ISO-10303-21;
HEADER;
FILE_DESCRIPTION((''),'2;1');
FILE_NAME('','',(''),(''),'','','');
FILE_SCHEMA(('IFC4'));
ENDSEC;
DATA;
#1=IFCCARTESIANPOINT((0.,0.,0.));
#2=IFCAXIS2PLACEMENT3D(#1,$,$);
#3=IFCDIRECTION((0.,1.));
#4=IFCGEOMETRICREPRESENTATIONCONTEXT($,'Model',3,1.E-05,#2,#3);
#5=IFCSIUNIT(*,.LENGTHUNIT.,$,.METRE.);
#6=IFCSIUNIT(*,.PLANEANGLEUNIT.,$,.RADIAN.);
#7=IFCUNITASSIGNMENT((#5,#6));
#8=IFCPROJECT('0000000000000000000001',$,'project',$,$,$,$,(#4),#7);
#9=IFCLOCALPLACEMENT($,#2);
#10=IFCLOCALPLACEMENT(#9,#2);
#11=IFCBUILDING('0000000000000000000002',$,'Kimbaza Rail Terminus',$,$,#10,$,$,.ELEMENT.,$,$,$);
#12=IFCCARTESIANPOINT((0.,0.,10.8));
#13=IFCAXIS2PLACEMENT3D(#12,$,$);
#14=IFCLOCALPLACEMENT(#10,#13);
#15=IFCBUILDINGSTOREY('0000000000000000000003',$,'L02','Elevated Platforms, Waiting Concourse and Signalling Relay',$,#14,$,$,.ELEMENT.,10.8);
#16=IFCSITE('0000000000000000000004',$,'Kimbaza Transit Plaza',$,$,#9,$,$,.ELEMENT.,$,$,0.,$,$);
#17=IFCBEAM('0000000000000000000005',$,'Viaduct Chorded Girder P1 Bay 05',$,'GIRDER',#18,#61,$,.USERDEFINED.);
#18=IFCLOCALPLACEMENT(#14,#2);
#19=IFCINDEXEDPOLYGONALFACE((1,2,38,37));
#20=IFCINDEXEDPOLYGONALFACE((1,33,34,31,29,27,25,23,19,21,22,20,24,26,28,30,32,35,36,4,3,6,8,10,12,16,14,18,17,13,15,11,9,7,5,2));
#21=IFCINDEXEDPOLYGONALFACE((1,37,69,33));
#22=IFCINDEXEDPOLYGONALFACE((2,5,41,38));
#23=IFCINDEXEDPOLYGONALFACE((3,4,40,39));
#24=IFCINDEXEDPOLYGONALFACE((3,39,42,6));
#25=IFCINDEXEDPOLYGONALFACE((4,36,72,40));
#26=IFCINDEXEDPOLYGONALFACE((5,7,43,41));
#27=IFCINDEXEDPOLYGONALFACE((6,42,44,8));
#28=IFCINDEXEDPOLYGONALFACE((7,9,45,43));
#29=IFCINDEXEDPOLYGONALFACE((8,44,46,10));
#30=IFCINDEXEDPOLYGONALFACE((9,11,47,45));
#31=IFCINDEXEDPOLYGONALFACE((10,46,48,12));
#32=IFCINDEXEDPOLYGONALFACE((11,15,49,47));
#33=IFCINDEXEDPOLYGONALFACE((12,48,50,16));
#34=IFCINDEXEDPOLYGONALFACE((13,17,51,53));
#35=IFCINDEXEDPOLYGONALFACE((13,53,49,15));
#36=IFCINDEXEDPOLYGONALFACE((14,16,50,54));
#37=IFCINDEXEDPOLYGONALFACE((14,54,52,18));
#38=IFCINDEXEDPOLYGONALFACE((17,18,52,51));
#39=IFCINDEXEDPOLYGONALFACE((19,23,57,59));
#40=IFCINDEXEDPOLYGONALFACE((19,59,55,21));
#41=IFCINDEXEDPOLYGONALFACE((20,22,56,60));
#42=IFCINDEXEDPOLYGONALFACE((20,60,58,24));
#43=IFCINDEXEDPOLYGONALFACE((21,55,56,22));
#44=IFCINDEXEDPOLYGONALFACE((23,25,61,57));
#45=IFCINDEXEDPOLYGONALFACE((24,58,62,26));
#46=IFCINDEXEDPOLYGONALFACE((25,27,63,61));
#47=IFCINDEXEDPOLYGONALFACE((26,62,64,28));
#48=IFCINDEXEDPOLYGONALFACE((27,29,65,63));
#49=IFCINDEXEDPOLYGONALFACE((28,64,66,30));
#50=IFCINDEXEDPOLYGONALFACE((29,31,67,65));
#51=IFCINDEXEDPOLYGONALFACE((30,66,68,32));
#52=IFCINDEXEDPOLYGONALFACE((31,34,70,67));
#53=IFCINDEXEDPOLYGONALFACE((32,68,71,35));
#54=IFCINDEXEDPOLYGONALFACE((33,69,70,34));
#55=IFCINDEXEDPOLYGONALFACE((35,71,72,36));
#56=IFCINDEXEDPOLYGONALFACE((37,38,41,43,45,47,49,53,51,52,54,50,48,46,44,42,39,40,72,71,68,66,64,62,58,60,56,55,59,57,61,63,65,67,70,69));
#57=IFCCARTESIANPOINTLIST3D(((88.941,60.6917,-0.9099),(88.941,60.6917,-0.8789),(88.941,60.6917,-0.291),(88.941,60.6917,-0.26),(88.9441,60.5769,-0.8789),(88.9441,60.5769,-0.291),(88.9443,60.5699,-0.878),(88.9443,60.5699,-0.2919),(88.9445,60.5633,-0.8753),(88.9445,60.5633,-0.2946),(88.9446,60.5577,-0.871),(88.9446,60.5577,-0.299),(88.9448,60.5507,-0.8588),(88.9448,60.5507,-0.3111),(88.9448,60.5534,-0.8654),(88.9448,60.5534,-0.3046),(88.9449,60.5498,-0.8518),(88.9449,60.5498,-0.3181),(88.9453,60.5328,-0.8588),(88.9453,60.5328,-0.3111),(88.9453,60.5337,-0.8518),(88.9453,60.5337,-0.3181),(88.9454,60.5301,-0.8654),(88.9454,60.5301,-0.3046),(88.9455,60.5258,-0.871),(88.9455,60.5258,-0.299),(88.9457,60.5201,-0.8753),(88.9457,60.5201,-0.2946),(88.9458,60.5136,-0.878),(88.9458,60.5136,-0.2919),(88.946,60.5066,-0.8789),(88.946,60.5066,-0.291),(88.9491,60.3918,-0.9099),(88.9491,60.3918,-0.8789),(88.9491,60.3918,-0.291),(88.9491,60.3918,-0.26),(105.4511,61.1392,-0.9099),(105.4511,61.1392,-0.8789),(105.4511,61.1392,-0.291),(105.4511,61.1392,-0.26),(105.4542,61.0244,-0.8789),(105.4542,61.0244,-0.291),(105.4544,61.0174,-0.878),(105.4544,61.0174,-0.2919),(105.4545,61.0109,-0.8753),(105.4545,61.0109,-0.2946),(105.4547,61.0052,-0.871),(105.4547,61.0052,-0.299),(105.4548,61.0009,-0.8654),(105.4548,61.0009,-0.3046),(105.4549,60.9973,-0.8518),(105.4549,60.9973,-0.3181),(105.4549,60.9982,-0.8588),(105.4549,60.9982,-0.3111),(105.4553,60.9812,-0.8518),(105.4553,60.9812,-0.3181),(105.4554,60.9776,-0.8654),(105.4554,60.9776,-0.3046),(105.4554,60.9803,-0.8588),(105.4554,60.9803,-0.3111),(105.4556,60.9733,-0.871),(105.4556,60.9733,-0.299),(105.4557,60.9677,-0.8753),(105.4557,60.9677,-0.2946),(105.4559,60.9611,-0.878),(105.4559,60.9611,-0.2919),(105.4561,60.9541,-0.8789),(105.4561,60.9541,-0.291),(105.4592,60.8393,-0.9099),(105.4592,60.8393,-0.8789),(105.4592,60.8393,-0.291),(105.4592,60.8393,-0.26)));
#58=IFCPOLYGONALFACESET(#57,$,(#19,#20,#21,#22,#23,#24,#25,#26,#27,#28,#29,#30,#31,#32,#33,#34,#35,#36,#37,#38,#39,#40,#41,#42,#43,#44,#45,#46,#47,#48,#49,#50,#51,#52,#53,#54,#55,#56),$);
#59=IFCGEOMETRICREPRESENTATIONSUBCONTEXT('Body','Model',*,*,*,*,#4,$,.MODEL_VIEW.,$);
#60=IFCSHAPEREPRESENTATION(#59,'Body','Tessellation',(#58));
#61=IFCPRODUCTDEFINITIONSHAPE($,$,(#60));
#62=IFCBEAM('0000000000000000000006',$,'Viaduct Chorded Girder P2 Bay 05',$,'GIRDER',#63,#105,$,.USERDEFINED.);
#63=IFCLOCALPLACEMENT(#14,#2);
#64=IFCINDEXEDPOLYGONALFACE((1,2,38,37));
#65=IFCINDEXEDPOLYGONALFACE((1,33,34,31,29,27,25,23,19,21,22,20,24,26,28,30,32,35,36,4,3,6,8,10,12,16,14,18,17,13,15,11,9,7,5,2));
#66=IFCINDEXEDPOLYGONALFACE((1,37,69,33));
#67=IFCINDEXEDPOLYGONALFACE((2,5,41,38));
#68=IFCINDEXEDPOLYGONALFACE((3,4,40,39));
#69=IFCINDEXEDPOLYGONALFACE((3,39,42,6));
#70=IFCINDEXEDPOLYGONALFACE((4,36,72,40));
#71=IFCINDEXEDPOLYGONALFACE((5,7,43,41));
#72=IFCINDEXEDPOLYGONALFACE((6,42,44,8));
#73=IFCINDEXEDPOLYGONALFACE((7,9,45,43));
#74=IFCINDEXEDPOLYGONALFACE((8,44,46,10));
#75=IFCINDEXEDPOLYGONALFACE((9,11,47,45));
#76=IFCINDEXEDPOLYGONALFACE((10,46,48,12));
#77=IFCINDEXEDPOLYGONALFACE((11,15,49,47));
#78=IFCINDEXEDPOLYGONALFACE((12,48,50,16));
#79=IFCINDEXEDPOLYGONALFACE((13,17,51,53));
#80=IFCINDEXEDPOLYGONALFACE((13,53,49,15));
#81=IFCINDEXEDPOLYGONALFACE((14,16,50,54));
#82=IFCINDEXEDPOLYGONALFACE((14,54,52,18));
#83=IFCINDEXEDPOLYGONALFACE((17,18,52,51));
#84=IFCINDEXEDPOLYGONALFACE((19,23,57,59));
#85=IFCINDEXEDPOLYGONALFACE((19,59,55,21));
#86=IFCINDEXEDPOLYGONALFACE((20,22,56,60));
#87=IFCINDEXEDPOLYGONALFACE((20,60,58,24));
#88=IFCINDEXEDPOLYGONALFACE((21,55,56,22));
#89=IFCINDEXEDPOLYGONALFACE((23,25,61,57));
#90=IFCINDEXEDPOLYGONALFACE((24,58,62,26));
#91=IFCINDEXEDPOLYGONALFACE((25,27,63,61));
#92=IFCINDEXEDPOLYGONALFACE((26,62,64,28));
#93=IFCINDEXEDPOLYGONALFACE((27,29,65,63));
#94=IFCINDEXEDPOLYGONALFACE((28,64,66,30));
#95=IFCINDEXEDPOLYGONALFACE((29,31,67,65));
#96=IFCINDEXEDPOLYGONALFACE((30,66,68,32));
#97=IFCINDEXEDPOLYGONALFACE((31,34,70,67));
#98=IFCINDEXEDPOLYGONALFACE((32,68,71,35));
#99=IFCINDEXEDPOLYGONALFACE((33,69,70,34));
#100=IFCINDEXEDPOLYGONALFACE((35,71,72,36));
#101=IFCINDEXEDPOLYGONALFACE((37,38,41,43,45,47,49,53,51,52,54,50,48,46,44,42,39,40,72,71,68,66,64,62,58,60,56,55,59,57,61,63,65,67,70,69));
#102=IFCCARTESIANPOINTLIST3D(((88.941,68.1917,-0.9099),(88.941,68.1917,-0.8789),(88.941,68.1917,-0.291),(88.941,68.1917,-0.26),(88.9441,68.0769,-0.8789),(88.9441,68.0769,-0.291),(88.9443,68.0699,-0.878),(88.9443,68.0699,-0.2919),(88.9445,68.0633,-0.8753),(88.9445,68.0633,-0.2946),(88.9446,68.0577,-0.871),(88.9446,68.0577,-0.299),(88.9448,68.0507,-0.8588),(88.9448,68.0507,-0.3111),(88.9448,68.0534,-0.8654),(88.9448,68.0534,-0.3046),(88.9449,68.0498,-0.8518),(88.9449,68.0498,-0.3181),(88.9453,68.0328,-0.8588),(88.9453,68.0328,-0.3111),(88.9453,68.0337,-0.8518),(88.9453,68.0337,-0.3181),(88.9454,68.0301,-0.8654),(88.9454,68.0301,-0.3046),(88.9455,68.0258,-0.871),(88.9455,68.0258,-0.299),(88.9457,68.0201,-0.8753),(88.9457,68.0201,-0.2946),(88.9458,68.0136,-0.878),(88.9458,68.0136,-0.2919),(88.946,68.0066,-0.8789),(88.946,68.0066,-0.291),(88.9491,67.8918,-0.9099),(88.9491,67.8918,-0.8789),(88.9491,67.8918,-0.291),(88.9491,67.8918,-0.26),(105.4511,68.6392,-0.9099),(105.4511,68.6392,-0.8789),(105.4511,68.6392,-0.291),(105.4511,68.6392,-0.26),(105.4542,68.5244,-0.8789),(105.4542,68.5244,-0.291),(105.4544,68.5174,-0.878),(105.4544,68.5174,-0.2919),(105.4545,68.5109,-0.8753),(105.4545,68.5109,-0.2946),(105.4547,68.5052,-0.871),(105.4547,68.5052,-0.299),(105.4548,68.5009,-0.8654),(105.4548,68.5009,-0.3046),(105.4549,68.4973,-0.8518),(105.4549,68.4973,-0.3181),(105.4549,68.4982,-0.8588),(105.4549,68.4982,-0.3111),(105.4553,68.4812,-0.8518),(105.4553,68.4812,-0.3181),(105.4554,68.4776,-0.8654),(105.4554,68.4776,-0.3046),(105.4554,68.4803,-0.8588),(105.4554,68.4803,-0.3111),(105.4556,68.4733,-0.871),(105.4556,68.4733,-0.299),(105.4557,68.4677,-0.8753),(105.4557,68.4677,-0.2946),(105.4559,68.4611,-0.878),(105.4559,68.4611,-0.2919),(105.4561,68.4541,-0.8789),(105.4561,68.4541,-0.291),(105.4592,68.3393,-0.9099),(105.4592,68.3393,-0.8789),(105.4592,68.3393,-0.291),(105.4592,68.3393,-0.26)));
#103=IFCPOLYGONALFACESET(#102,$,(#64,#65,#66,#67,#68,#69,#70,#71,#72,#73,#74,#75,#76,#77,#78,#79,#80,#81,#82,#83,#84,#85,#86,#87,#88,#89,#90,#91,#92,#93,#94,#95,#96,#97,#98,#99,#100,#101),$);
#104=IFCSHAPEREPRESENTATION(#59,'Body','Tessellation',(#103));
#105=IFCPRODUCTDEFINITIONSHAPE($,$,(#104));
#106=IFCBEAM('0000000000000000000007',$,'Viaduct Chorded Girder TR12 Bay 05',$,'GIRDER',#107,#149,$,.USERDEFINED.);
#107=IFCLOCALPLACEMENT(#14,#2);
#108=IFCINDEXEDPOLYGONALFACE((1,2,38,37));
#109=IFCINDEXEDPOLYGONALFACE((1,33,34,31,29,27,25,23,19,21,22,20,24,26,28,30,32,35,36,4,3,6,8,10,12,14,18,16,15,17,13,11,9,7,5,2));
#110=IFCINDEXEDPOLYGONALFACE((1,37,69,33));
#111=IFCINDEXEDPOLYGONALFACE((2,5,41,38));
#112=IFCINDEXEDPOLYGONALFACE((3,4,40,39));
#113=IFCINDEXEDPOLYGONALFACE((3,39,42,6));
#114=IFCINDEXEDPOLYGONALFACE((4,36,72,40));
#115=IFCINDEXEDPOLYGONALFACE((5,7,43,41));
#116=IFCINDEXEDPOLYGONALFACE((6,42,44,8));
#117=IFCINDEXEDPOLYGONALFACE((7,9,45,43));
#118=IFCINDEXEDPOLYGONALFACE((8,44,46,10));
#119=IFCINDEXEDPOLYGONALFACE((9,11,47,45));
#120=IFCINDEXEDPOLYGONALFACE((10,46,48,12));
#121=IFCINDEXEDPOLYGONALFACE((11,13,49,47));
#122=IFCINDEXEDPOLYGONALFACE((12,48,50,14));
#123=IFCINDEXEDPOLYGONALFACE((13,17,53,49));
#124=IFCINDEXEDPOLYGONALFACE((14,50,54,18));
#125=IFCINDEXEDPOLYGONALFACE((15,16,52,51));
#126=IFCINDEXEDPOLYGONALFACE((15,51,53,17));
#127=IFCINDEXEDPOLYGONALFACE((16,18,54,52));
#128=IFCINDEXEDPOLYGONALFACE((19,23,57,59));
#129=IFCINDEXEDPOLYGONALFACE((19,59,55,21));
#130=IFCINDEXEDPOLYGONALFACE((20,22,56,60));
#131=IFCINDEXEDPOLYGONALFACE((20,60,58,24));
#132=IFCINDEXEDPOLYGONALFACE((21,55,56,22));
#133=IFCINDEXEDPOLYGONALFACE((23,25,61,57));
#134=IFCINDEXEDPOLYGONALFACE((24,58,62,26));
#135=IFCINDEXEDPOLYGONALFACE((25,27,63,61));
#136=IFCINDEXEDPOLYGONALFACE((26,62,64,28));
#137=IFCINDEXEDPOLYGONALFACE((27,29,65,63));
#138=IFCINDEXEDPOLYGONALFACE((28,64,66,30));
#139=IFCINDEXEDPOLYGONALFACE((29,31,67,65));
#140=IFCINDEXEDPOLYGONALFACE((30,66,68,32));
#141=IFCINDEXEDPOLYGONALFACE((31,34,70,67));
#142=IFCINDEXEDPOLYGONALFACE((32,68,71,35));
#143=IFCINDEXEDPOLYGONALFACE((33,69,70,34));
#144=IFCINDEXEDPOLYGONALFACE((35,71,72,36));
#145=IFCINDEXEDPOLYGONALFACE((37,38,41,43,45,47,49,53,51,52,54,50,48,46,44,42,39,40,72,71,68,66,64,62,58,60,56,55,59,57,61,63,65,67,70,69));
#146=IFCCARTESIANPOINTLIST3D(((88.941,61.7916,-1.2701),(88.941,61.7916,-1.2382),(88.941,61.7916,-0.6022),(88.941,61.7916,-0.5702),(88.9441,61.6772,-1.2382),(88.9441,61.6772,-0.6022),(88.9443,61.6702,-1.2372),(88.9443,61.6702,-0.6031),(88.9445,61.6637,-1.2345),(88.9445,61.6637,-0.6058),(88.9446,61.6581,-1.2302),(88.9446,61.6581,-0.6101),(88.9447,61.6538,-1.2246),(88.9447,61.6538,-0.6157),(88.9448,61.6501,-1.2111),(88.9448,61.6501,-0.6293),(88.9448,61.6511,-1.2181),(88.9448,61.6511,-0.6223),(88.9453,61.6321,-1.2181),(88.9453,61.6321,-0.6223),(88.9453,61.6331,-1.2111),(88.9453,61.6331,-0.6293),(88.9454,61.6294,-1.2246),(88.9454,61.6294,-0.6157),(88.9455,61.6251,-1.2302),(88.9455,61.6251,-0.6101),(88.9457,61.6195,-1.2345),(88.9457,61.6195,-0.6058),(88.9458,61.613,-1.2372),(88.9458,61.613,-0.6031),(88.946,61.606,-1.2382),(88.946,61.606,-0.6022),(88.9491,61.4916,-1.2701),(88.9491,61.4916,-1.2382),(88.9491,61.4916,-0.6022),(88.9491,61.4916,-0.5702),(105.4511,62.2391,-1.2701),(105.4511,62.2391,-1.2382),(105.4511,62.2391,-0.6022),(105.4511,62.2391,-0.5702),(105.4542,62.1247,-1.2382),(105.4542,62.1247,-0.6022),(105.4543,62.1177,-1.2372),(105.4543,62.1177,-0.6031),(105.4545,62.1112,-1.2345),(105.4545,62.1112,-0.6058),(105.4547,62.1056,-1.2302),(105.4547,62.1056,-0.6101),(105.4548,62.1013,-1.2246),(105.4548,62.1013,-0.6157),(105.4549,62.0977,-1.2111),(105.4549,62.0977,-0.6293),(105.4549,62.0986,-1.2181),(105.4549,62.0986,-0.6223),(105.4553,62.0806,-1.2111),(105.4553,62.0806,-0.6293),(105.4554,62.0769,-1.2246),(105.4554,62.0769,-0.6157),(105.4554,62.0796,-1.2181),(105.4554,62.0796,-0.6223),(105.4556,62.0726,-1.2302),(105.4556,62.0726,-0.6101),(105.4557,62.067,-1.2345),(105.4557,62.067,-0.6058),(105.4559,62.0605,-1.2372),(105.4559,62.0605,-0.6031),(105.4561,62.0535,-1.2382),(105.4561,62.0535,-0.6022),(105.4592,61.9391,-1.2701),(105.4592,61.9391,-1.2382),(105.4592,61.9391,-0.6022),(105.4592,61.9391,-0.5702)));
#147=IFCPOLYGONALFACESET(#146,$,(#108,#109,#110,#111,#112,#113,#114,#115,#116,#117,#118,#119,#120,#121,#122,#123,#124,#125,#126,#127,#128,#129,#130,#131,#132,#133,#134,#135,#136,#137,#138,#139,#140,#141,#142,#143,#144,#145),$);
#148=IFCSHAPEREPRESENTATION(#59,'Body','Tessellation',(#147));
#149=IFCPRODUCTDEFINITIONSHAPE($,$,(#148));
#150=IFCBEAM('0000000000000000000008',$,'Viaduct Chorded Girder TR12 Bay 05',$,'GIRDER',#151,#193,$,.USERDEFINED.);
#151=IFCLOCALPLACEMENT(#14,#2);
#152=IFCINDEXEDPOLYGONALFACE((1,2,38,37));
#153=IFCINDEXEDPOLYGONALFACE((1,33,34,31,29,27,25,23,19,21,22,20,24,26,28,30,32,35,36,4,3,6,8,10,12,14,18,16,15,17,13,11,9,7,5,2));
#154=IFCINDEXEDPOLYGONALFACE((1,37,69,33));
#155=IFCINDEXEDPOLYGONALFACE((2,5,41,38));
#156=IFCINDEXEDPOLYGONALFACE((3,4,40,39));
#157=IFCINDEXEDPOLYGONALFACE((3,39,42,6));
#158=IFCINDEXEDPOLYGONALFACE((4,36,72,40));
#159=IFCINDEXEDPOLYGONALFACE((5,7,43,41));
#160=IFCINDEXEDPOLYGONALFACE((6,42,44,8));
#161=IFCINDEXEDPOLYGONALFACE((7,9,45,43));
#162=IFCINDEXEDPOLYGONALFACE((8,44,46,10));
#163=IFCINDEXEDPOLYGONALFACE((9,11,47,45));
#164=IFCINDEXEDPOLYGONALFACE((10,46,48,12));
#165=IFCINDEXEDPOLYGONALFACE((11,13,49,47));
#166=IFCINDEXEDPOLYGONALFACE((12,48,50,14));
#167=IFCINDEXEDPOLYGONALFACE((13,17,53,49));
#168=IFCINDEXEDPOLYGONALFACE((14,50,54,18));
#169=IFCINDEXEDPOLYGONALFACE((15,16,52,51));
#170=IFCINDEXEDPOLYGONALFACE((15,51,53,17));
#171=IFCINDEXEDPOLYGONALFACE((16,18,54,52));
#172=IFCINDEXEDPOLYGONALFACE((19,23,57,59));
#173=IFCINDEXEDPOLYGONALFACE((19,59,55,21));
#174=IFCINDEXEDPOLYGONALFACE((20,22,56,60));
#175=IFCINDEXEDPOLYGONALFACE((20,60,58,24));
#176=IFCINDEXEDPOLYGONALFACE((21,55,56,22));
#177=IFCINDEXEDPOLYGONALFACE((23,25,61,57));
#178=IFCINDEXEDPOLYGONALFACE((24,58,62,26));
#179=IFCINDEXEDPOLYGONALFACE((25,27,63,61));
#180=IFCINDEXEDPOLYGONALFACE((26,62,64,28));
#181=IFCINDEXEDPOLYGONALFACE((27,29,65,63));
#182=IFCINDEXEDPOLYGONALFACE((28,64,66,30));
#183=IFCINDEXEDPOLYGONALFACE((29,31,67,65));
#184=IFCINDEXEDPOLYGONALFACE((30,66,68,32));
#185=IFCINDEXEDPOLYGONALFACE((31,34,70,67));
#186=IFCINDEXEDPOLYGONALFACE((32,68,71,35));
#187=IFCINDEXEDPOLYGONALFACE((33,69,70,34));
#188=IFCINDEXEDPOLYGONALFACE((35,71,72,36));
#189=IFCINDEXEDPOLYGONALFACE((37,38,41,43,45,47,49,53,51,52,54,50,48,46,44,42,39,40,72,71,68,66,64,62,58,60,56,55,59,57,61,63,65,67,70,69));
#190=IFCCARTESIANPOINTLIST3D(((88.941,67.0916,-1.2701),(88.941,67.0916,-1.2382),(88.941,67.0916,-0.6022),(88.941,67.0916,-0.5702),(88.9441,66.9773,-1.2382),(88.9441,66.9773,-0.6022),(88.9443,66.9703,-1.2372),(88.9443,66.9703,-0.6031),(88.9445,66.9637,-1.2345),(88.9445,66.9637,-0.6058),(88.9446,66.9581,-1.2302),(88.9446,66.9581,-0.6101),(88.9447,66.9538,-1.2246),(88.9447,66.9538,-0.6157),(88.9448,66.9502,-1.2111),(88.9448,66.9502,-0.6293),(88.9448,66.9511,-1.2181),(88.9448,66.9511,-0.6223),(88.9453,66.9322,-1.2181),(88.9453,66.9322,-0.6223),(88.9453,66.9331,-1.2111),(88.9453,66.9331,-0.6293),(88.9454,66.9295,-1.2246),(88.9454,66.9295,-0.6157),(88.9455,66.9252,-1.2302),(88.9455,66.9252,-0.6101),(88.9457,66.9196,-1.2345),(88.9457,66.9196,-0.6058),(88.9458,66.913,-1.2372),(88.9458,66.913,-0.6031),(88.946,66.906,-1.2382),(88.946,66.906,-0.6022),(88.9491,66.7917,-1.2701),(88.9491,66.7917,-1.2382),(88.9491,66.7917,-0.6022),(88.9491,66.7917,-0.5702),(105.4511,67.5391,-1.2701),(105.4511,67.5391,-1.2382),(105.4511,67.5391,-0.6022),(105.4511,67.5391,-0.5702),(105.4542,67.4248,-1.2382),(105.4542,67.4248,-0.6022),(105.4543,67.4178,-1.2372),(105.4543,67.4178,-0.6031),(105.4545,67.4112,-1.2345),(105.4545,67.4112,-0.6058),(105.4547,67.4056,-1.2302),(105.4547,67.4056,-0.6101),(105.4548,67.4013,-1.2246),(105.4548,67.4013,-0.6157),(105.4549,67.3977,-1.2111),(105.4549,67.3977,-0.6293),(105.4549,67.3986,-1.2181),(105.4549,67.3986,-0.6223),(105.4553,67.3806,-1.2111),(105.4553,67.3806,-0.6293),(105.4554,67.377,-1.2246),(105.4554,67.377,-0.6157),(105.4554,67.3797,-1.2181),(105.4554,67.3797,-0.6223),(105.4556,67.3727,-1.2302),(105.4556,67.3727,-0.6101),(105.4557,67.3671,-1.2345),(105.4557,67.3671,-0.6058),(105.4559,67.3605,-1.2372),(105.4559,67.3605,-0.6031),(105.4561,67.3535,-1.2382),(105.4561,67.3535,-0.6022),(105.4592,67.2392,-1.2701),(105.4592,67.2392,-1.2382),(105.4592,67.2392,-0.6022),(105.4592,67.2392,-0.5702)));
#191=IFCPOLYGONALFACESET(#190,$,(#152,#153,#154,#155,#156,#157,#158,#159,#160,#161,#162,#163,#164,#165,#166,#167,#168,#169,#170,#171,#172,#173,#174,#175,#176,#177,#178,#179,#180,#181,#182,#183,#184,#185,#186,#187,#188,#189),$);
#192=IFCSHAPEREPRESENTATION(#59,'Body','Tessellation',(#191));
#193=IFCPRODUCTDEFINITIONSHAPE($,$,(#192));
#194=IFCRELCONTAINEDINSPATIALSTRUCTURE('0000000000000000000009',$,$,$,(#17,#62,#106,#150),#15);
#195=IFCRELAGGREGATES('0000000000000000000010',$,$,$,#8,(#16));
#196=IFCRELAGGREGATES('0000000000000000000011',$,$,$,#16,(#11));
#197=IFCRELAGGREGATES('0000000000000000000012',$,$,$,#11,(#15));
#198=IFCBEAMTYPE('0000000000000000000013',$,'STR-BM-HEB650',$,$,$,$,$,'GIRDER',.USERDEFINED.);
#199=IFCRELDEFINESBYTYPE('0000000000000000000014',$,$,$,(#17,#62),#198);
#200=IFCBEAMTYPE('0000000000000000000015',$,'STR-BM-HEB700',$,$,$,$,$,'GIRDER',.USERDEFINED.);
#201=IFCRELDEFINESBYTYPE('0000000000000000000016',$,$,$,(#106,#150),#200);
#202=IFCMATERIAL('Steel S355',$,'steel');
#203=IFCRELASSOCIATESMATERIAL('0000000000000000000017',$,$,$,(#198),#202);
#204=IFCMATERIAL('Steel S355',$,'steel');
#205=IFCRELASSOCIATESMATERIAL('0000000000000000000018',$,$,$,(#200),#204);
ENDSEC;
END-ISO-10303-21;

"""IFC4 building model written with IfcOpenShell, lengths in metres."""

from ifc_helpers import new_model, si_unit, direction, frame, origin, origin_2d, place, context, subcontext, project, spatial, i_section, extrude, material, material_profile, profile_set, type_object, element, save


model = new_model("IFC4")

# Units and contexts
model_context = context("Model", 3, precision=1e-05, world=origin(), true_north=direction((0.0, 1.0)))
body_context = subcontext(model_context, "Body", "Model", "MODEL_VIEW")
ifc_project = project(units=[si_unit("LENGTHUNIT", "METRE"), si_unit("PLANEANGLEUNIT", "RADIAN")], contexts=[model_context])

# Site, building, storey
site_placement = place(None, origin())
site = spatial("IfcSite", under=ifc_project, at=site_placement, Name="Kimbaza Transit Plaza", CompositionType="ELEMENT", RefElevation=0.0)
building_placement = place(site_placement, origin())
building = spatial("IfcBuilding", under=site, at=building_placement, Name="Kimbaza Rail Terminus", CompositionType="ELEMENT")
storey_placement = place(building_placement, frame((0.0, 0.0, 10.8)))
storey = spatial("IfcBuildingStorey", under=building, at=storey_placement, Name="L02", Description="Elevated Platforms, Waiting Concourse and Signalling Relay", CompositionType="ELEMENT", Elevation=10.8)

# Beams
ifc_material_1 = material(Name="Steel S355", Category="steel")
ifc_material_profile_1 = material_profile(ifc_material_1, i_section(OverallWidth=0.3, OverallDepth=0.6499, WebThickness=0.0161, FlangeThickness=0.031, FilletRadius=0.0271, at=origin_2d()), Name="HEB 650")
ifc_profile_set_1 = profile_set([ifc_material_profile_1], Name="Steel S355")
beam_type_1 = type_object("IfcBeamType", Name="STR-BM-HEB650", ElementType="GIRDER", PredefinedType="USERDEFINED", material=ifc_profile_set_1)
for number, where, z_axis, x_axis, name in (
    (1, (88.9451, 60.5417, -0.585), (0.999633, 0.027095, 0.0), (-0.027095, 0.999633, 0.0), "Viaduct Chorded Girder P1 Bay 05"),
    (2, (88.9451, 68.0417, -0.585), (0.999633, 0.027095, 0.0), (-0.027095, 0.999633, 0.0), "Viaduct Chorded Girder P2 Bay 05"),
):
    element("IfcBeam", number, at=place(storey_placement, frame(where, z_axis=z_axis, x_axis=x_axis)), inside=storey, type_object=beam_type_1, Name=name, ObjectType="GIRDER", PredefinedType="USERDEFINED", context=body_context, shape_type="SweptSolid", body=[
        extrude(i_section(OverallWidth=0.3, OverallDepth=0.6499, WebThickness=0.0161, FlangeThickness=0.031, FilletRadius=0.0271, at=origin_2d()), origin(), (0.0, 0.0, 1.0), 16.5161),
    ])
ifc_material_2 = material(Name="Steel S355", Category="steel")
ifc_material_profile_2 = material_profile(ifc_material_2, i_section(OverallWidth=0.3, OverallDepth=0.7, WebThickness=0.0171, FlangeThickness=0.032, FilletRadius=0.0271, at=origin_2d()), Name="HEB 700")
ifc_profile_set_2 = profile_set([ifc_material_profile_2], Name="Steel S355")
beam_type_2 = type_object("IfcBeamType", Name="STR-BM-HEB700", ElementType="GIRDER", PredefinedType="USERDEFINED", material=ifc_profile_set_2)
for number, where, z_axis, x_axis, name in (
    (3, (88.9451, 61.6416, -0.9202), (0.999633, 0.027095, 0.0), (-0.027095, 0.999633, 0.0), "Viaduct Chorded Girder TR12 Bay 05"),
    (4, (88.9451, 66.9417, -0.9202), (0.999633, 0.027095, 0.0), (-0.027095, 0.999633, 0.0), "Viaduct Chorded Girder TR12 Bay 05"),
):
    element("IfcBeam", number, at=place(storey_placement, frame(where, z_axis=z_axis, x_axis=x_axis)), inside=storey, type_object=beam_type_2, Name=name, ObjectType="GIRDER", PredefinedType="USERDEFINED", context=body_context, shape_type="SweptSolid", body=[
        extrude(i_section(OverallWidth=0.3, OverallDepth=0.7, WebThickness=0.0171, FlangeThickness=0.032, FilletRadius=0.0271, at=origin_2d()), origin(), (0.0, 0.0, 1.0), 16.5161),
    ])

save(model, "model.ifc")
